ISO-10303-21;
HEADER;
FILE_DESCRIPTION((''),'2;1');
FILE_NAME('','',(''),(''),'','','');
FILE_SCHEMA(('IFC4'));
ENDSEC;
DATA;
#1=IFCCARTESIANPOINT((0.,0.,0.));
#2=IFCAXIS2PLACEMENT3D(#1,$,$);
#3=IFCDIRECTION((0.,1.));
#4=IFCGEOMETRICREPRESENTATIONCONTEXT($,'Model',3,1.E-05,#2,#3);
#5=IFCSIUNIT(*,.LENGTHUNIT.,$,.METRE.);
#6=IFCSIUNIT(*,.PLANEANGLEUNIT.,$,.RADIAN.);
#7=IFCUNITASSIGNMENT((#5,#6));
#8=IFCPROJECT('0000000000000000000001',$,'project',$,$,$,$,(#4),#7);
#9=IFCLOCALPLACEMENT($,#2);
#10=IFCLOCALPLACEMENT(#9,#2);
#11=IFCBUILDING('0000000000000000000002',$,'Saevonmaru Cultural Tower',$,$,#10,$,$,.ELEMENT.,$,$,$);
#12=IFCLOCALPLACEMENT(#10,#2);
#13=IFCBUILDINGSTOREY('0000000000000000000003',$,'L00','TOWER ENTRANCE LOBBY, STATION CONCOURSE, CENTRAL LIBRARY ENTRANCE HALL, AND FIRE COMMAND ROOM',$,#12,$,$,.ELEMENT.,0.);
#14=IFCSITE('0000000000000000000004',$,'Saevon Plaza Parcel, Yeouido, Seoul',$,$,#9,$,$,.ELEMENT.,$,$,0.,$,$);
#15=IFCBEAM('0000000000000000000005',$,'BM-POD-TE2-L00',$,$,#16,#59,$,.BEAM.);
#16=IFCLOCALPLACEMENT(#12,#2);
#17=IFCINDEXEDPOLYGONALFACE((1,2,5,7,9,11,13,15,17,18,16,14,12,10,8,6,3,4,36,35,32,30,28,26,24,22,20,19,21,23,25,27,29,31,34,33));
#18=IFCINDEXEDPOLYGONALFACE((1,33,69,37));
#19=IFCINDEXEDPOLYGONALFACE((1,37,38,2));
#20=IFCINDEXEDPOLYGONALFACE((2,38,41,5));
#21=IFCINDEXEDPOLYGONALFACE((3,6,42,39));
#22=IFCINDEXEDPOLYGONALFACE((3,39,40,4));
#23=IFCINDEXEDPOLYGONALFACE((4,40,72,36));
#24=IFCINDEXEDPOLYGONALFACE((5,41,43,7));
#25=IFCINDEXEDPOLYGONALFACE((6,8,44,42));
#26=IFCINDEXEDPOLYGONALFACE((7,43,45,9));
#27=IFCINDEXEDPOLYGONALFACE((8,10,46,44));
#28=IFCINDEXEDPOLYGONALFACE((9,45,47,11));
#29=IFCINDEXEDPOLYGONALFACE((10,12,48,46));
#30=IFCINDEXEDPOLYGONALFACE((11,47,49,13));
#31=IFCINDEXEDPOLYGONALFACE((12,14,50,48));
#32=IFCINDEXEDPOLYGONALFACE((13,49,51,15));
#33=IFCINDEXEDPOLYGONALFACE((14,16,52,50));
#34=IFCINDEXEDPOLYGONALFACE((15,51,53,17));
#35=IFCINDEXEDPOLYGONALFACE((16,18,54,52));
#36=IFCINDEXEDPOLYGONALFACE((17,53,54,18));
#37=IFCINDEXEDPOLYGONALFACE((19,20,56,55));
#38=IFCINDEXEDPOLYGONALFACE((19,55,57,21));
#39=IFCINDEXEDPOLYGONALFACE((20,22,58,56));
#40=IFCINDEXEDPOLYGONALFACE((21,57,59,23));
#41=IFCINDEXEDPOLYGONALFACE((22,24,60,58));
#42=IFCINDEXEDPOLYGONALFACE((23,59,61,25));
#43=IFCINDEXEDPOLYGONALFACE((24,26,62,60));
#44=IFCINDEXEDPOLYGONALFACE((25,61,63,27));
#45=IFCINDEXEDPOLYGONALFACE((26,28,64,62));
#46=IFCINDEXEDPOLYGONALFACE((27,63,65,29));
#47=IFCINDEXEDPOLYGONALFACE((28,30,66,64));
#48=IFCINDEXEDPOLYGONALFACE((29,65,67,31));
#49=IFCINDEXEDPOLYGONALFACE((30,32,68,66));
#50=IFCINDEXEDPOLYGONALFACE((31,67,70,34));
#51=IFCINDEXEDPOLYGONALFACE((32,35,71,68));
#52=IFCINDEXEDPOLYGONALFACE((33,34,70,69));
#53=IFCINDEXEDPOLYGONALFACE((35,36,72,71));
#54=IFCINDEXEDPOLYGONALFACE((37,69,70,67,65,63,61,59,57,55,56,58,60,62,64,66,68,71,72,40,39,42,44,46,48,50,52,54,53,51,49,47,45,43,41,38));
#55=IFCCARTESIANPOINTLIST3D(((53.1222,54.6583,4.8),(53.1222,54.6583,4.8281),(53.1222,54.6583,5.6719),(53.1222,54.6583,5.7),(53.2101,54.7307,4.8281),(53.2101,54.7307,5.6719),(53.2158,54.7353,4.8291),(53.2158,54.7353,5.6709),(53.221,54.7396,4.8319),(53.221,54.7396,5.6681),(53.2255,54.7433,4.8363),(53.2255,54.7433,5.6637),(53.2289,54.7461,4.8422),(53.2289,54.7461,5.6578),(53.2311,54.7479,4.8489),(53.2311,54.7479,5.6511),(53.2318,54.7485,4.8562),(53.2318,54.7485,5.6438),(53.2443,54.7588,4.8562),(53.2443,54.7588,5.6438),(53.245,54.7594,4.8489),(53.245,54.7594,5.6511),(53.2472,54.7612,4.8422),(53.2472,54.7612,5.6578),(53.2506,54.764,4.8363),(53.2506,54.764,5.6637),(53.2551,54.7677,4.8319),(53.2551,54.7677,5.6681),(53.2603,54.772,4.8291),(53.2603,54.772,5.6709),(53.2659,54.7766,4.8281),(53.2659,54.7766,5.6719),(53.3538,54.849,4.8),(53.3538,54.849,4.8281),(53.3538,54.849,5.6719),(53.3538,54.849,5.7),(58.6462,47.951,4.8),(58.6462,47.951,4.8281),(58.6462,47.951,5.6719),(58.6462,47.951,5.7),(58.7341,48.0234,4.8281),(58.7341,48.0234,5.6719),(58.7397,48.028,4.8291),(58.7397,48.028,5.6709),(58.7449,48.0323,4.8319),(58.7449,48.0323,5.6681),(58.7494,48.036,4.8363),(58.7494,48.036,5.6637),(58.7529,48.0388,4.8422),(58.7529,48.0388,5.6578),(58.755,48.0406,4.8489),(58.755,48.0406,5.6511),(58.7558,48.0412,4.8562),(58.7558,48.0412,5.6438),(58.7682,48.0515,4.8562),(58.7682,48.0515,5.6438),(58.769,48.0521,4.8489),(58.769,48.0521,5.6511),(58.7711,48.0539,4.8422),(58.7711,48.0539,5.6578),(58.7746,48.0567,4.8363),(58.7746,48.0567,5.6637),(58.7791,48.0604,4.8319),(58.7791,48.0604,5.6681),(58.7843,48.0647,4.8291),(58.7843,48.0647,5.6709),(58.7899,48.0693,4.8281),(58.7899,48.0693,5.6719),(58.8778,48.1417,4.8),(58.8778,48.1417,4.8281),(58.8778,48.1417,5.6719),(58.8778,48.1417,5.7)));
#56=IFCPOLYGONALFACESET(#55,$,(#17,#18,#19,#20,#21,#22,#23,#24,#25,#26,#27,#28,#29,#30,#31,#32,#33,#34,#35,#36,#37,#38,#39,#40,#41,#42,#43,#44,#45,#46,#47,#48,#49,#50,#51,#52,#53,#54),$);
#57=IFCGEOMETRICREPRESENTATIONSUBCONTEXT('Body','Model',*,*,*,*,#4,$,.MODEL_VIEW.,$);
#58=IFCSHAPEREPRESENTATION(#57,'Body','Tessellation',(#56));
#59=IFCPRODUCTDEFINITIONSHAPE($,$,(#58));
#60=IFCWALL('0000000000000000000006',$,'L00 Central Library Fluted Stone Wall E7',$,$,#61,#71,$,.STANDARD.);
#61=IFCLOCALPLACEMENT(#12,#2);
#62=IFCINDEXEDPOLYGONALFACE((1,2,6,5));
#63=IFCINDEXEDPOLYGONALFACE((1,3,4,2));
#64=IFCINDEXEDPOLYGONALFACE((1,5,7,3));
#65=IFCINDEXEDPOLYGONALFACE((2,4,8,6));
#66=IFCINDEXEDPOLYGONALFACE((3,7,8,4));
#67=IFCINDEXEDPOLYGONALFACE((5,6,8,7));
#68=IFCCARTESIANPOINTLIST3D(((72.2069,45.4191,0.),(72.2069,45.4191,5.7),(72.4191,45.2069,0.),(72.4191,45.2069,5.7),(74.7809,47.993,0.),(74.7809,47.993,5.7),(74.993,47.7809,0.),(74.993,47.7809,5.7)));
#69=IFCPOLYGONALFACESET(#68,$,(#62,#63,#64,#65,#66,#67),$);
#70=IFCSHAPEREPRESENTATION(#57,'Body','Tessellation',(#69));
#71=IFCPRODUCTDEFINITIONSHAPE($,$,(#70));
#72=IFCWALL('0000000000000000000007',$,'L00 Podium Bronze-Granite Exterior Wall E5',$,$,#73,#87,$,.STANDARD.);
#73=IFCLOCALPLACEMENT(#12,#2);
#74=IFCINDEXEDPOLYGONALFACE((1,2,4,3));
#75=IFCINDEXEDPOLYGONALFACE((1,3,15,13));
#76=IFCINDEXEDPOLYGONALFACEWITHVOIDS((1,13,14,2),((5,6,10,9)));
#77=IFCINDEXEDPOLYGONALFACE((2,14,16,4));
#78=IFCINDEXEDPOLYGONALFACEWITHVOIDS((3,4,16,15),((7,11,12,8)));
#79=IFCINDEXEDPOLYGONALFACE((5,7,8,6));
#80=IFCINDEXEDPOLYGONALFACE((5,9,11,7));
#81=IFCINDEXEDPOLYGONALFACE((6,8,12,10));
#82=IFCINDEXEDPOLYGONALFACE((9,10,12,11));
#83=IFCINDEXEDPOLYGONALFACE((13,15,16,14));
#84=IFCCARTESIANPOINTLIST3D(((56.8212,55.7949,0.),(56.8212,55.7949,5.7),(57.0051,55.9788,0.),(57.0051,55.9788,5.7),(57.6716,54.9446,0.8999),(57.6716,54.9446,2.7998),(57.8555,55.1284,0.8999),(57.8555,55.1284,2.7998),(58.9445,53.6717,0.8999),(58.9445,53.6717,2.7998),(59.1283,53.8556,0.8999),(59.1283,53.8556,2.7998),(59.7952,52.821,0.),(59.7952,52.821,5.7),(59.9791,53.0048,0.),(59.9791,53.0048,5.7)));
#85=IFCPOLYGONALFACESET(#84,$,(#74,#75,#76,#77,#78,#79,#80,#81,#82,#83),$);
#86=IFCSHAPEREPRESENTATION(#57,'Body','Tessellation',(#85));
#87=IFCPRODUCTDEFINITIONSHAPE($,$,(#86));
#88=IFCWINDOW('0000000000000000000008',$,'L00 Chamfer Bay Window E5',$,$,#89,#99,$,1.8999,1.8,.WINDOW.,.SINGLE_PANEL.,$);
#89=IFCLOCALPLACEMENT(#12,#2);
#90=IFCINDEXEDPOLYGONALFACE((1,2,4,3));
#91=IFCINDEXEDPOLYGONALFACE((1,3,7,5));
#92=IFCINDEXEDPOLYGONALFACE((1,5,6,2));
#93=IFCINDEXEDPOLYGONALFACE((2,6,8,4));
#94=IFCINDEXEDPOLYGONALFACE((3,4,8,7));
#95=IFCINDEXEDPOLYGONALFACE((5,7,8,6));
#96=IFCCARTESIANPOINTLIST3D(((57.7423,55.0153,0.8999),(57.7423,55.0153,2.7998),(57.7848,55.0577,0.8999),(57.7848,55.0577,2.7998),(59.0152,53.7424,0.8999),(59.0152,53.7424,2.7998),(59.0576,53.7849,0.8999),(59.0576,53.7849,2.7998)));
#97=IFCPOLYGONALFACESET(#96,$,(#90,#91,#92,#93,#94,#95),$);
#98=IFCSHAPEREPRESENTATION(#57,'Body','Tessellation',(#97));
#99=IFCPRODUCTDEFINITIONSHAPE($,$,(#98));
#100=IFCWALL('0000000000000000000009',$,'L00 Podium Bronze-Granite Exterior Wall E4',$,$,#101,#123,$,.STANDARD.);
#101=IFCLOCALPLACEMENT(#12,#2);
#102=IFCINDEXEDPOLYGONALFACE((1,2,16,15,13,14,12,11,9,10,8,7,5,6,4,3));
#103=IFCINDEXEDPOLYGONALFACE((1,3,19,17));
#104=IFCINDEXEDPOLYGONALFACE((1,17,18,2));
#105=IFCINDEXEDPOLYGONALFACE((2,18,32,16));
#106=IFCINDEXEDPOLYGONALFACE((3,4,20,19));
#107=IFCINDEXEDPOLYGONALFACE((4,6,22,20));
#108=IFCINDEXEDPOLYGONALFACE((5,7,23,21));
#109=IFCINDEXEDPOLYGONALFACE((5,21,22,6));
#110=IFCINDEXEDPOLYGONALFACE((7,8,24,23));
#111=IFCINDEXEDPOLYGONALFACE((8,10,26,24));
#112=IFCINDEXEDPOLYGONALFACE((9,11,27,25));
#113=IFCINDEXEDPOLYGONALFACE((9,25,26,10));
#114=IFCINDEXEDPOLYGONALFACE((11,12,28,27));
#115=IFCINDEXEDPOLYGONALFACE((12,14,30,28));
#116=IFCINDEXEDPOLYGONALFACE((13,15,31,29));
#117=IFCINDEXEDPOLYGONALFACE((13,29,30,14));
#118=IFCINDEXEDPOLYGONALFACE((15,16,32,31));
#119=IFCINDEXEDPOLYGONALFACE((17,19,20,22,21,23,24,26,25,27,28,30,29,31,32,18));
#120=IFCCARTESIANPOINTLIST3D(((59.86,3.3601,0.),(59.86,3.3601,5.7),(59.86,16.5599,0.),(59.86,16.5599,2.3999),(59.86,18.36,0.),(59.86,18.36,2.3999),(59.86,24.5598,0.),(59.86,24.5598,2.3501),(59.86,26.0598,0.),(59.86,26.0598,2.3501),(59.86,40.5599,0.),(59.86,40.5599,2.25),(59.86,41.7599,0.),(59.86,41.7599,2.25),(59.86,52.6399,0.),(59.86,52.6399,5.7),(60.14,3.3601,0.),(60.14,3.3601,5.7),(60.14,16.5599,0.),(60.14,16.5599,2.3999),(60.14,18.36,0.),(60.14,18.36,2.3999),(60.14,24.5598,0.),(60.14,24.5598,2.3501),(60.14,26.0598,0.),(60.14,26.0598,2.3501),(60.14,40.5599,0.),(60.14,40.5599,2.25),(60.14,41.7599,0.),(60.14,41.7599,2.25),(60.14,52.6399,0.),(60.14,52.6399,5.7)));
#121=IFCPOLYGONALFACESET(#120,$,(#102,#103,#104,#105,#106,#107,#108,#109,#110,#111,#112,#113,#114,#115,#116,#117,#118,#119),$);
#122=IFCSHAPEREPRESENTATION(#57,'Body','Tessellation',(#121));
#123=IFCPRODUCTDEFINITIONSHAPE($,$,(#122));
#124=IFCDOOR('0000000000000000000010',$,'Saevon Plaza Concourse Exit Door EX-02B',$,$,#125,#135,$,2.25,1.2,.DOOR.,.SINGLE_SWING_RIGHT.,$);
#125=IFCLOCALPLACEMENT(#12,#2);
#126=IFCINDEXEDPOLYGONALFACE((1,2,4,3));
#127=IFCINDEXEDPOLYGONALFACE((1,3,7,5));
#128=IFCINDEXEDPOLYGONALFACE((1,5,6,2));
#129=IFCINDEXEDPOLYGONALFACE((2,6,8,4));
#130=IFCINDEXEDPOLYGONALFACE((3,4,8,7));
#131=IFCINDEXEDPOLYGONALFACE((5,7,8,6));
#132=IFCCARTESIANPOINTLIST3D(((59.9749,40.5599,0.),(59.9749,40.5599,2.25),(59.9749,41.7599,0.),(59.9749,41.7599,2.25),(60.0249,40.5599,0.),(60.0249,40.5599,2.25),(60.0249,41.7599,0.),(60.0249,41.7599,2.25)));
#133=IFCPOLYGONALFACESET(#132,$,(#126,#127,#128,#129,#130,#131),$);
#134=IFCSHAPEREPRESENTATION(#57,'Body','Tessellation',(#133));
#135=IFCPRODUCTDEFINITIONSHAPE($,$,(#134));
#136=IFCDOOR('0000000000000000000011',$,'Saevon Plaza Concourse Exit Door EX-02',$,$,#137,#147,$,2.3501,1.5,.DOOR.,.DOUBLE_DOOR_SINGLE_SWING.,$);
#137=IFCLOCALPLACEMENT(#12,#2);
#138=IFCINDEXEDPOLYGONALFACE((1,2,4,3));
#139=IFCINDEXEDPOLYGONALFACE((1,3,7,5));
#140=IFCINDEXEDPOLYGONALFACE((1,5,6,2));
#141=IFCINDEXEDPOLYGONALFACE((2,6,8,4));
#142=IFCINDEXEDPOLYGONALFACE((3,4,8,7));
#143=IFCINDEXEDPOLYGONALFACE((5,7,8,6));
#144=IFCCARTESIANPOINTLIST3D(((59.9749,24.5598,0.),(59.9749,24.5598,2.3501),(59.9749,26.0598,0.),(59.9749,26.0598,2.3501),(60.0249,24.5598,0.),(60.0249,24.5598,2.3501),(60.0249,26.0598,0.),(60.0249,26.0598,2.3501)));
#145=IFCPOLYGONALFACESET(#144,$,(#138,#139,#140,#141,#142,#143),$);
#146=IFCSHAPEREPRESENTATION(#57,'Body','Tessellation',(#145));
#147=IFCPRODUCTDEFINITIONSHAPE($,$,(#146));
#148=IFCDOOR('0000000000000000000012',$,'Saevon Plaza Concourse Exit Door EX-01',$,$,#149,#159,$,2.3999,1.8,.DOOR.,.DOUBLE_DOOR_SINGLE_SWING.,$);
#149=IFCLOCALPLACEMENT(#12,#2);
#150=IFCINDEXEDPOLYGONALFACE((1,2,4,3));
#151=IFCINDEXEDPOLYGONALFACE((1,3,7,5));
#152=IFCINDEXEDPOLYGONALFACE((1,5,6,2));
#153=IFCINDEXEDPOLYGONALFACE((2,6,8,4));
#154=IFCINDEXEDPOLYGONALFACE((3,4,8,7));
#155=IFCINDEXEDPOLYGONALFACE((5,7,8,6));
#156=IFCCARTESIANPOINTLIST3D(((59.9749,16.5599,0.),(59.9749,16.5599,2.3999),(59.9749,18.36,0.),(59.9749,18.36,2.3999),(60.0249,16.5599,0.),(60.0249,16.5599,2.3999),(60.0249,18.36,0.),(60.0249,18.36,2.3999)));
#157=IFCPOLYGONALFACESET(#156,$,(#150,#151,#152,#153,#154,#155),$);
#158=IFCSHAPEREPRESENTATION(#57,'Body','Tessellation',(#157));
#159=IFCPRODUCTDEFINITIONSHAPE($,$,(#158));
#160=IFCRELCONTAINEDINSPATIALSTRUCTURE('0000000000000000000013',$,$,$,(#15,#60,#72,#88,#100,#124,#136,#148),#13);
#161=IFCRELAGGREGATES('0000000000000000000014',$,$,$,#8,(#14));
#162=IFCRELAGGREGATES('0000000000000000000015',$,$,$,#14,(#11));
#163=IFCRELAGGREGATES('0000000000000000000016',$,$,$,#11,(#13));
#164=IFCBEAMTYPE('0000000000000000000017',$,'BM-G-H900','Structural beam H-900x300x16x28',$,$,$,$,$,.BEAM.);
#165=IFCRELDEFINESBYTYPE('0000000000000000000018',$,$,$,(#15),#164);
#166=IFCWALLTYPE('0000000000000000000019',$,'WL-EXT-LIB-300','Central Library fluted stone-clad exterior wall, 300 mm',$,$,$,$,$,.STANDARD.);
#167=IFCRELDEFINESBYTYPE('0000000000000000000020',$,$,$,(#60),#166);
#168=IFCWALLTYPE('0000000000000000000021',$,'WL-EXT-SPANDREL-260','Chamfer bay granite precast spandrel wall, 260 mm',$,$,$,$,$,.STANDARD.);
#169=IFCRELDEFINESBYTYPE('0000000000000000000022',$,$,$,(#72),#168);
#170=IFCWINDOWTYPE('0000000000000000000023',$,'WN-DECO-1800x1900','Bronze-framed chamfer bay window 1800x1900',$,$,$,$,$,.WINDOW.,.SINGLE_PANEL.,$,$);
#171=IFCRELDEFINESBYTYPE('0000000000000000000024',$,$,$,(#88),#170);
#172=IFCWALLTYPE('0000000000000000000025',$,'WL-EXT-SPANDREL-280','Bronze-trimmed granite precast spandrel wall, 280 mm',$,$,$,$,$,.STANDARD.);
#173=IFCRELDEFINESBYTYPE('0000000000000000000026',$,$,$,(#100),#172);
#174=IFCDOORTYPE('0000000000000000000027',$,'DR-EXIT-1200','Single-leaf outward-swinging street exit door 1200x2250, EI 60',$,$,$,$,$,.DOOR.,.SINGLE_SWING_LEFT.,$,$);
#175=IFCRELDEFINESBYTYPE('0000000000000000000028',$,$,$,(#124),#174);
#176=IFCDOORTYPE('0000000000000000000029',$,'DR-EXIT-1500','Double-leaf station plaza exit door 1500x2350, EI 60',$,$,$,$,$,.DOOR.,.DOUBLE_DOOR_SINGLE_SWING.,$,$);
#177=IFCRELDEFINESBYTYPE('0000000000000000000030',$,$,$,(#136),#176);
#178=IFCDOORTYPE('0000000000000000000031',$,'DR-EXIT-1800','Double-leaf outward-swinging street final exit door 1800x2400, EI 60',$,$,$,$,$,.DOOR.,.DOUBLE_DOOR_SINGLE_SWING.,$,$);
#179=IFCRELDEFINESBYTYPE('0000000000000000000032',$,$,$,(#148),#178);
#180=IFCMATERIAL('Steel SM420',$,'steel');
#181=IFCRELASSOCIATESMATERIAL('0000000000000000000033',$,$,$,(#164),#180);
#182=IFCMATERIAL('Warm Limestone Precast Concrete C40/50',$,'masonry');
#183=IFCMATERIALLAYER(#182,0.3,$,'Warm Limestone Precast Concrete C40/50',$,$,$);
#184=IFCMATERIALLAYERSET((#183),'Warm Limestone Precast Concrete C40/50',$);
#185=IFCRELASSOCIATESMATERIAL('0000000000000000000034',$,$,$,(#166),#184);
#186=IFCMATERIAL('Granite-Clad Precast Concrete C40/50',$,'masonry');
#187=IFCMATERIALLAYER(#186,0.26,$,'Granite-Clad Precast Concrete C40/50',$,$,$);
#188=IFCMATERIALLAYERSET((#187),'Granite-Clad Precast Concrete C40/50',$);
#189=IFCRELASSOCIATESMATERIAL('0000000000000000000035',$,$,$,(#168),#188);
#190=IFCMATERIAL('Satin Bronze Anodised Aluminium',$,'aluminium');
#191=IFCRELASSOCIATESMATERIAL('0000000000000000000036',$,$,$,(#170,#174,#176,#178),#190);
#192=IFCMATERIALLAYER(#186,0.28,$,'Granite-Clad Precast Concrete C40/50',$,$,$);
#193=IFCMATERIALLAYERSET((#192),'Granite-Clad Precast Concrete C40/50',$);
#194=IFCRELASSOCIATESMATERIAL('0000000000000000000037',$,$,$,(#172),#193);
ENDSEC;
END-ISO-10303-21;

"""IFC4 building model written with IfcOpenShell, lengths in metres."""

from ifc_helpers import new_model, si_unit, direction, frame, frame_2d, origin, origin_2d, place, context, subcontext, project, spatial, rectangle, i_section, extrude, material, layer, layer_set, material_profile, profile_set, type_object, element, fill, save


model = new_model("IFC4")

# Units and contexts
model_context = context("Model", 3, precision=1e-05, world=origin(), true_north=direction((0.0, 1.0)))
body_context = subcontext(model_context, "Body", "Model", "MODEL_VIEW")
ifc_project = project(units=[si_unit("LENGTHUNIT", "METRE"), si_unit("PLANEANGLEUNIT", "RADIAN")], contexts=[model_context])

# Site, building, storey
site_placement = place(None, origin())
site = spatial("IfcSite", under=ifc_project, at=site_placement, Name="Saevon Plaza Parcel, Yeouido, Seoul", CompositionType="ELEMENT", RefElevation=0.0)
building_placement = place(site_placement, origin())
building = spatial("IfcBuilding", under=site, at=building_placement, Name="Saevonmaru Cultural Tower", CompositionType="ELEMENT")
storey_placement = place(building_placement, origin())
storey = spatial("IfcBuildingStorey", under=building, at=storey_placement, Name="L00", Description="TOWER ENTRANCE LOBBY, STATION CONCOURSE, CENTRAL LIBRARY ENTRANCE HALL, AND FIRE COMMAND ROOM", CompositionType="ELEMENT", Elevation=0.0)

# Shared definitions
ifc_material_1 = material(Name="Steel SM420", Category="steel")

# Beam
ifc_material_profile_1 = material_profile(ifc_material_1, i_section(OverallWidth=0.3, OverallDepth=0.8999, WebThickness=0.0161, FlangeThickness=0.0281, FilletRadius=0.0281, at=origin_2d()), Name="H-900x300x16x28")
ifc_profile_set_1 = profile_set([ifc_material_profile_1], Name="Steel SM420")
beam_type_1 = type_object("IfcBeamType", Name="BM-G-H900", Description="Structural beam H-900x300x16x28", PredefinedType="BEAM", material=ifc_profile_set_1)
beam_1_placement = place(storey_placement, frame((53.238, 54.7537, 5.25), z_axis=(0.635727, -0.771914, 0.0), x_axis=(0.771914, 0.635727, 0.0)))
element("IfcBeam", 1, at=beam_1_placement, inside=storey, type_object=beam_type_1, Name="BM-POD-TE2-L00", PredefinedType="BEAM", context=body_context, shape_type="SweptSolid", body=[
    extrude(i_section(OverallWidth=0.3, OverallDepth=0.8999, WebThickness=0.0161, FlangeThickness=0.0281, FilletRadius=0.0281, at=origin_2d()), origin(), (0.0, 0.0, 1.0), 8.6892),
])

# Wall
ifc_material_2 = material(Name="Warm Limestone Precast Concrete C40/50", Category="masonry")
ifc_layer_1 = layer(ifc_material_2, 0.3, Name="Warm Limestone Precast Concrete C40/50")
ifc_layer_set_1 = layer_set([ifc_layer_1], Name="Warm Limestone Precast Concrete C40/50")
wall_type_1 = type_object("IfcWallType", Name="WL-EXT-LIB-300", Description="Central Library fluted stone-clad exterior wall, 300 mm", PredefinedType="STANDARD", material=ifc_layer_set_1)
wall_1_placement = place(storey_placement, frame((72.313, 45.313, 0.0), z_axis=(0.0, 0.0, 1.0), x_axis=(0.707107, 0.707107, 0.0)))
element("IfcWall", 2, at=wall_1_placement, inside=storey, type_object=wall_type_1, Name="L00 Central Library Fluted Stone Wall E7", PredefinedType="STANDARD", context=body_context, shape_type="SweptSolid", body=[
    extrude(rectangle(XDim=3.6401, YDim=0.3, at=frame_2d((1.8201, 0.0))), origin(), (0.0, 0.0, 1.0), 5.7),
])

# Wall, opening, window
ifc_material_3 = material(Name="Granite-Clad Precast Concrete C40/50", Category="masonry")
ifc_layer_2 = layer(ifc_material_3, 0.26, Name="Granite-Clad Precast Concrete C40/50")
ifc_layer_set_2 = layer_set([ifc_layer_2], Name="Granite-Clad Precast Concrete C40/50")
wall_type_2 = type_object("IfcWallType", Name="WL-EXT-SPANDREL-260", Description="Chamfer bay granite precast spandrel wall, 260 mm", PredefinedType="STANDARD", material=ifc_layer_set_2)
wall_2_placement = place(storey_placement, frame((56.9131, 55.887, 0.0), z_axis=(0.0, 0.0, 1.0), x_axis=(0.707107, -0.707107, 0.0)))
wall_2 = element("IfcWall", 3, at=wall_2_placement, inside=storey, type_object=wall_type_2, Name="L00 Podium Bronze-Granite Exterior Wall E5", PredefinedType="STANDARD", context=body_context, shape_type="SweptSolid", body=[
    extrude(rectangle(XDim=4.2058, YDim=0.26, at=frame_2d((2.103, 0.0))), origin(), (0.0, 0.0, 1.0), 5.7),
])
opening_1_placement = place(wall_2_placement, frame((1.2029, 0.0, 0.8999)))
opening_1 = element("IfcOpeningElement", 4, at=opening_1_placement, cuts=wall_2, PredefinedType="OPENING", context=body_context, shape_type="SweptSolid", body=[
    extrude(rectangle(XDim=1.8, YDim=1.8999, at=frame_2d((0.8999, 0.95))), frame((0.0, 0.1401, 0.0), z_axis=(0.0, -1.0, 0.0), x_axis=(1.0, 0.0, 0.0)), (0.0, 0.0, 1.0), 0.28),
])
ifc_material_4 = material(Name="Satin Bronze Anodised Aluminium", Category="aluminium")
window_type = type_object("IfcWindowType", Name="WN-DECO-1800x1900", Description="Bronze-framed chamfer bay window 1800x1900", PartitioningType="SINGLE_PANEL", PredefinedType="WINDOW", material=ifc_material_4)
window_placement = place(opening_1_placement, origin())
window = element("IfcWindow", 5, at=window_placement, inside=storey, type_object=window_type, Name="L00 Chamfer Bay Window E5", OverallHeight=1.8999, OverallWidth=1.8, PartitioningType="SINGLE_PANEL", PredefinedType="WINDOW", context=body_context, shape_type="SweptSolid", body=[
    extrude(rectangle(XDim=1.8, YDim=1.8999, at=frame_2d((0.8999, 0.95))), frame((0.0, 0.03, 0.0), z_axis=(0.0, -1.0, 0.0), x_axis=(1.0, 0.0, 0.0)), (0.0, 0.0, 1.0), 0.0601),
])
fill(opening_1, window)

# Wall, openings, doors
ifc_layer_3 = layer(ifc_material_3, 0.28, Name="Granite-Clad Precast Concrete C40/50")
ifc_layer_set_3 = layer_set([ifc_layer_3], Name="Granite-Clad Precast Concrete C40/50")
wall_type_3 = type_object("IfcWallType", Name="WL-EXT-SPANDREL-280", Description="Bronze-trimmed granite precast spandrel wall, 280 mm", PredefinedType="STANDARD", material=ifc_layer_set_3)
wall_3_placement = place(storey_placement, frame((60.0, 52.6399, 0.0), z_axis=(0.0, 0.0, 1.0), x_axis=(0.0, -1.0, 0.0)))
wall_3 = element("IfcWall", 6, at=wall_3_placement, inside=storey, type_object=wall_type_3, Name="L00 Podium Bronze-Granite Exterior Wall E4", PredefinedType="STANDARD", context=body_context, shape_type="SweptSolid", body=[
    extrude(rectangle(XDim=49.2798, YDim=0.28, at=frame_2d((24.6399, 0.0))), origin(), (0.0, 0.0, 1.0), 5.7),
])
opening_2_placement = place(wall_3_placement, frame((34.28, 0.0, 0.0)))
opening_2 = element("IfcOpeningElement", 7, at=opening_2_placement, cuts=wall_3, PredefinedType="OPENING", context=body_context, shape_type="SweptSolid", body=[
    extrude(rectangle(XDim=1.8, YDim=2.3999, at=frame_2d((0.8999, 1.2))), frame((0.0, 0.1499, 0.0), z_axis=(0.0, -1.0, 0.0), x_axis=(1.0, 0.0, 0.0)), (0.0, 0.0, 1.0), 0.3),
])
opening_3_placement = place(wall_3_placement, frame((26.5801, 0.0, 0.0)))
opening_3 = element("IfcOpeningElement", 8, at=opening_3_placement, cuts=wall_3, PredefinedType="OPENING", context=body_context, shape_type="SweptSolid", body=[
    extrude(rectangle(XDim=1.5, YDim=2.3501, at=frame_2d((0.75, 1.175))), frame((0.0, 0.1499, 0.0), z_axis=(0.0, -1.0, 0.0), x_axis=(1.0, 0.0, 0.0)), (0.0, 0.0, 1.0), 0.3),
])
opening_4_placement = place(wall_3_placement, frame((10.8799, 0.0, 0.0)))
opening_4 = element("IfcOpeningElement", 9, at=opening_4_placement, cuts=wall_3, PredefinedType="OPENING", context=body_context, shape_type="SweptSolid", body=[
    extrude(rectangle(XDim=1.2, YDim=2.25, at=frame_2d((0.6001, 1.125))), frame((0.0, 0.1499, 0.0), z_axis=(0.0, -1.0, 0.0), x_axis=(1.0, 0.0, 0.0)), (0.0, 0.0, 1.0), 0.3),
])
door_type_1 = type_object("IfcDoorType", Name="DR-EXIT-1200", Description="Single-leaf outward-swinging street exit door 1200x2250, EI 60", OperationType="SINGLE_SWING_LEFT", PredefinedType="DOOR", material=ifc_material_4)
door_1_placement = place(opening_4_placement, origin())
door_1 = element("IfcDoor", 10, at=door_1_placement, inside=storey, type_object=door_type_1, Name="Saevon Plaza Concourse Exit Door EX-02B", OperationType="SINGLE_SWING_RIGHT", OverallHeight=2.25, OverallWidth=1.2, PredefinedType="DOOR", context=body_context, shape_type="SweptSolid", body=[
    extrude(rectangle(XDim=1.2, YDim=2.25, at=frame_2d((0.6001, 1.125))), frame((0.0, 0.0249, 0.0), z_axis=(0.0, -1.0, 0.0), x_axis=(1.0, 0.0, 0.0)), (0.0, 0.0, 1.0), 0.05),
])
fill(opening_4, door_1)
door_type_2 = type_object("IfcDoorType", Name="DR-EXIT-1500", Description="Double-leaf station plaza exit door 1500x2350, EI 60", OperationType="DOUBLE_DOOR_SINGLE_SWING", PredefinedType="DOOR", material=ifc_material_4)
door_2_placement = place(opening_3_placement, origin())
door_2 = element("IfcDoor", 11, at=door_2_placement, inside=storey, type_object=door_type_2, Name="Saevon Plaza Concourse Exit Door EX-02", OperationType="DOUBLE_DOOR_SINGLE_SWING", OverallHeight=2.3501, OverallWidth=1.5, PredefinedType="DOOR", context=body_context, shape_type="SweptSolid", body=[
    extrude(rectangle(XDim=1.5, YDim=2.3501, at=frame_2d((0.75, 1.175))), frame((0.0, 0.0249, 0.0), z_axis=(0.0, -1.0, 0.0), x_axis=(1.0, 0.0, 0.0)), (0.0, 0.0, 1.0), 0.05),
])
fill(opening_3, door_2)
door_type_3 = type_object("IfcDoorType", Name="DR-EXIT-1800", Description="Double-leaf outward-swinging street final exit door 1800x2400, EI 60", OperationType="DOUBLE_DOOR_SINGLE_SWING", PredefinedType="DOOR", material=ifc_material_4)
door_3_placement = place(opening_2_placement, origin())
door_3 = element("IfcDoor", 12, at=door_3_placement, inside=storey, type_object=door_type_3, Name="Saevon Plaza Concourse Exit Door EX-01", OperationType="DOUBLE_DOOR_SINGLE_SWING", OverallHeight=2.3999, OverallWidth=1.8, PredefinedType="DOOR", context=body_context, shape_type="SweptSolid", body=[
    extrude(rectangle(XDim=1.8, YDim=2.3999, at=frame_2d((0.8999, 1.2))), frame((0.0, 0.0249, 0.0), z_axis=(0.0, -1.0, 0.0), x_axis=(1.0, 0.0, 0.0)), (0.0, 0.0, 1.0), 0.05),
])
fill(opening_2, door_3)

save(model, "model.ifc")
